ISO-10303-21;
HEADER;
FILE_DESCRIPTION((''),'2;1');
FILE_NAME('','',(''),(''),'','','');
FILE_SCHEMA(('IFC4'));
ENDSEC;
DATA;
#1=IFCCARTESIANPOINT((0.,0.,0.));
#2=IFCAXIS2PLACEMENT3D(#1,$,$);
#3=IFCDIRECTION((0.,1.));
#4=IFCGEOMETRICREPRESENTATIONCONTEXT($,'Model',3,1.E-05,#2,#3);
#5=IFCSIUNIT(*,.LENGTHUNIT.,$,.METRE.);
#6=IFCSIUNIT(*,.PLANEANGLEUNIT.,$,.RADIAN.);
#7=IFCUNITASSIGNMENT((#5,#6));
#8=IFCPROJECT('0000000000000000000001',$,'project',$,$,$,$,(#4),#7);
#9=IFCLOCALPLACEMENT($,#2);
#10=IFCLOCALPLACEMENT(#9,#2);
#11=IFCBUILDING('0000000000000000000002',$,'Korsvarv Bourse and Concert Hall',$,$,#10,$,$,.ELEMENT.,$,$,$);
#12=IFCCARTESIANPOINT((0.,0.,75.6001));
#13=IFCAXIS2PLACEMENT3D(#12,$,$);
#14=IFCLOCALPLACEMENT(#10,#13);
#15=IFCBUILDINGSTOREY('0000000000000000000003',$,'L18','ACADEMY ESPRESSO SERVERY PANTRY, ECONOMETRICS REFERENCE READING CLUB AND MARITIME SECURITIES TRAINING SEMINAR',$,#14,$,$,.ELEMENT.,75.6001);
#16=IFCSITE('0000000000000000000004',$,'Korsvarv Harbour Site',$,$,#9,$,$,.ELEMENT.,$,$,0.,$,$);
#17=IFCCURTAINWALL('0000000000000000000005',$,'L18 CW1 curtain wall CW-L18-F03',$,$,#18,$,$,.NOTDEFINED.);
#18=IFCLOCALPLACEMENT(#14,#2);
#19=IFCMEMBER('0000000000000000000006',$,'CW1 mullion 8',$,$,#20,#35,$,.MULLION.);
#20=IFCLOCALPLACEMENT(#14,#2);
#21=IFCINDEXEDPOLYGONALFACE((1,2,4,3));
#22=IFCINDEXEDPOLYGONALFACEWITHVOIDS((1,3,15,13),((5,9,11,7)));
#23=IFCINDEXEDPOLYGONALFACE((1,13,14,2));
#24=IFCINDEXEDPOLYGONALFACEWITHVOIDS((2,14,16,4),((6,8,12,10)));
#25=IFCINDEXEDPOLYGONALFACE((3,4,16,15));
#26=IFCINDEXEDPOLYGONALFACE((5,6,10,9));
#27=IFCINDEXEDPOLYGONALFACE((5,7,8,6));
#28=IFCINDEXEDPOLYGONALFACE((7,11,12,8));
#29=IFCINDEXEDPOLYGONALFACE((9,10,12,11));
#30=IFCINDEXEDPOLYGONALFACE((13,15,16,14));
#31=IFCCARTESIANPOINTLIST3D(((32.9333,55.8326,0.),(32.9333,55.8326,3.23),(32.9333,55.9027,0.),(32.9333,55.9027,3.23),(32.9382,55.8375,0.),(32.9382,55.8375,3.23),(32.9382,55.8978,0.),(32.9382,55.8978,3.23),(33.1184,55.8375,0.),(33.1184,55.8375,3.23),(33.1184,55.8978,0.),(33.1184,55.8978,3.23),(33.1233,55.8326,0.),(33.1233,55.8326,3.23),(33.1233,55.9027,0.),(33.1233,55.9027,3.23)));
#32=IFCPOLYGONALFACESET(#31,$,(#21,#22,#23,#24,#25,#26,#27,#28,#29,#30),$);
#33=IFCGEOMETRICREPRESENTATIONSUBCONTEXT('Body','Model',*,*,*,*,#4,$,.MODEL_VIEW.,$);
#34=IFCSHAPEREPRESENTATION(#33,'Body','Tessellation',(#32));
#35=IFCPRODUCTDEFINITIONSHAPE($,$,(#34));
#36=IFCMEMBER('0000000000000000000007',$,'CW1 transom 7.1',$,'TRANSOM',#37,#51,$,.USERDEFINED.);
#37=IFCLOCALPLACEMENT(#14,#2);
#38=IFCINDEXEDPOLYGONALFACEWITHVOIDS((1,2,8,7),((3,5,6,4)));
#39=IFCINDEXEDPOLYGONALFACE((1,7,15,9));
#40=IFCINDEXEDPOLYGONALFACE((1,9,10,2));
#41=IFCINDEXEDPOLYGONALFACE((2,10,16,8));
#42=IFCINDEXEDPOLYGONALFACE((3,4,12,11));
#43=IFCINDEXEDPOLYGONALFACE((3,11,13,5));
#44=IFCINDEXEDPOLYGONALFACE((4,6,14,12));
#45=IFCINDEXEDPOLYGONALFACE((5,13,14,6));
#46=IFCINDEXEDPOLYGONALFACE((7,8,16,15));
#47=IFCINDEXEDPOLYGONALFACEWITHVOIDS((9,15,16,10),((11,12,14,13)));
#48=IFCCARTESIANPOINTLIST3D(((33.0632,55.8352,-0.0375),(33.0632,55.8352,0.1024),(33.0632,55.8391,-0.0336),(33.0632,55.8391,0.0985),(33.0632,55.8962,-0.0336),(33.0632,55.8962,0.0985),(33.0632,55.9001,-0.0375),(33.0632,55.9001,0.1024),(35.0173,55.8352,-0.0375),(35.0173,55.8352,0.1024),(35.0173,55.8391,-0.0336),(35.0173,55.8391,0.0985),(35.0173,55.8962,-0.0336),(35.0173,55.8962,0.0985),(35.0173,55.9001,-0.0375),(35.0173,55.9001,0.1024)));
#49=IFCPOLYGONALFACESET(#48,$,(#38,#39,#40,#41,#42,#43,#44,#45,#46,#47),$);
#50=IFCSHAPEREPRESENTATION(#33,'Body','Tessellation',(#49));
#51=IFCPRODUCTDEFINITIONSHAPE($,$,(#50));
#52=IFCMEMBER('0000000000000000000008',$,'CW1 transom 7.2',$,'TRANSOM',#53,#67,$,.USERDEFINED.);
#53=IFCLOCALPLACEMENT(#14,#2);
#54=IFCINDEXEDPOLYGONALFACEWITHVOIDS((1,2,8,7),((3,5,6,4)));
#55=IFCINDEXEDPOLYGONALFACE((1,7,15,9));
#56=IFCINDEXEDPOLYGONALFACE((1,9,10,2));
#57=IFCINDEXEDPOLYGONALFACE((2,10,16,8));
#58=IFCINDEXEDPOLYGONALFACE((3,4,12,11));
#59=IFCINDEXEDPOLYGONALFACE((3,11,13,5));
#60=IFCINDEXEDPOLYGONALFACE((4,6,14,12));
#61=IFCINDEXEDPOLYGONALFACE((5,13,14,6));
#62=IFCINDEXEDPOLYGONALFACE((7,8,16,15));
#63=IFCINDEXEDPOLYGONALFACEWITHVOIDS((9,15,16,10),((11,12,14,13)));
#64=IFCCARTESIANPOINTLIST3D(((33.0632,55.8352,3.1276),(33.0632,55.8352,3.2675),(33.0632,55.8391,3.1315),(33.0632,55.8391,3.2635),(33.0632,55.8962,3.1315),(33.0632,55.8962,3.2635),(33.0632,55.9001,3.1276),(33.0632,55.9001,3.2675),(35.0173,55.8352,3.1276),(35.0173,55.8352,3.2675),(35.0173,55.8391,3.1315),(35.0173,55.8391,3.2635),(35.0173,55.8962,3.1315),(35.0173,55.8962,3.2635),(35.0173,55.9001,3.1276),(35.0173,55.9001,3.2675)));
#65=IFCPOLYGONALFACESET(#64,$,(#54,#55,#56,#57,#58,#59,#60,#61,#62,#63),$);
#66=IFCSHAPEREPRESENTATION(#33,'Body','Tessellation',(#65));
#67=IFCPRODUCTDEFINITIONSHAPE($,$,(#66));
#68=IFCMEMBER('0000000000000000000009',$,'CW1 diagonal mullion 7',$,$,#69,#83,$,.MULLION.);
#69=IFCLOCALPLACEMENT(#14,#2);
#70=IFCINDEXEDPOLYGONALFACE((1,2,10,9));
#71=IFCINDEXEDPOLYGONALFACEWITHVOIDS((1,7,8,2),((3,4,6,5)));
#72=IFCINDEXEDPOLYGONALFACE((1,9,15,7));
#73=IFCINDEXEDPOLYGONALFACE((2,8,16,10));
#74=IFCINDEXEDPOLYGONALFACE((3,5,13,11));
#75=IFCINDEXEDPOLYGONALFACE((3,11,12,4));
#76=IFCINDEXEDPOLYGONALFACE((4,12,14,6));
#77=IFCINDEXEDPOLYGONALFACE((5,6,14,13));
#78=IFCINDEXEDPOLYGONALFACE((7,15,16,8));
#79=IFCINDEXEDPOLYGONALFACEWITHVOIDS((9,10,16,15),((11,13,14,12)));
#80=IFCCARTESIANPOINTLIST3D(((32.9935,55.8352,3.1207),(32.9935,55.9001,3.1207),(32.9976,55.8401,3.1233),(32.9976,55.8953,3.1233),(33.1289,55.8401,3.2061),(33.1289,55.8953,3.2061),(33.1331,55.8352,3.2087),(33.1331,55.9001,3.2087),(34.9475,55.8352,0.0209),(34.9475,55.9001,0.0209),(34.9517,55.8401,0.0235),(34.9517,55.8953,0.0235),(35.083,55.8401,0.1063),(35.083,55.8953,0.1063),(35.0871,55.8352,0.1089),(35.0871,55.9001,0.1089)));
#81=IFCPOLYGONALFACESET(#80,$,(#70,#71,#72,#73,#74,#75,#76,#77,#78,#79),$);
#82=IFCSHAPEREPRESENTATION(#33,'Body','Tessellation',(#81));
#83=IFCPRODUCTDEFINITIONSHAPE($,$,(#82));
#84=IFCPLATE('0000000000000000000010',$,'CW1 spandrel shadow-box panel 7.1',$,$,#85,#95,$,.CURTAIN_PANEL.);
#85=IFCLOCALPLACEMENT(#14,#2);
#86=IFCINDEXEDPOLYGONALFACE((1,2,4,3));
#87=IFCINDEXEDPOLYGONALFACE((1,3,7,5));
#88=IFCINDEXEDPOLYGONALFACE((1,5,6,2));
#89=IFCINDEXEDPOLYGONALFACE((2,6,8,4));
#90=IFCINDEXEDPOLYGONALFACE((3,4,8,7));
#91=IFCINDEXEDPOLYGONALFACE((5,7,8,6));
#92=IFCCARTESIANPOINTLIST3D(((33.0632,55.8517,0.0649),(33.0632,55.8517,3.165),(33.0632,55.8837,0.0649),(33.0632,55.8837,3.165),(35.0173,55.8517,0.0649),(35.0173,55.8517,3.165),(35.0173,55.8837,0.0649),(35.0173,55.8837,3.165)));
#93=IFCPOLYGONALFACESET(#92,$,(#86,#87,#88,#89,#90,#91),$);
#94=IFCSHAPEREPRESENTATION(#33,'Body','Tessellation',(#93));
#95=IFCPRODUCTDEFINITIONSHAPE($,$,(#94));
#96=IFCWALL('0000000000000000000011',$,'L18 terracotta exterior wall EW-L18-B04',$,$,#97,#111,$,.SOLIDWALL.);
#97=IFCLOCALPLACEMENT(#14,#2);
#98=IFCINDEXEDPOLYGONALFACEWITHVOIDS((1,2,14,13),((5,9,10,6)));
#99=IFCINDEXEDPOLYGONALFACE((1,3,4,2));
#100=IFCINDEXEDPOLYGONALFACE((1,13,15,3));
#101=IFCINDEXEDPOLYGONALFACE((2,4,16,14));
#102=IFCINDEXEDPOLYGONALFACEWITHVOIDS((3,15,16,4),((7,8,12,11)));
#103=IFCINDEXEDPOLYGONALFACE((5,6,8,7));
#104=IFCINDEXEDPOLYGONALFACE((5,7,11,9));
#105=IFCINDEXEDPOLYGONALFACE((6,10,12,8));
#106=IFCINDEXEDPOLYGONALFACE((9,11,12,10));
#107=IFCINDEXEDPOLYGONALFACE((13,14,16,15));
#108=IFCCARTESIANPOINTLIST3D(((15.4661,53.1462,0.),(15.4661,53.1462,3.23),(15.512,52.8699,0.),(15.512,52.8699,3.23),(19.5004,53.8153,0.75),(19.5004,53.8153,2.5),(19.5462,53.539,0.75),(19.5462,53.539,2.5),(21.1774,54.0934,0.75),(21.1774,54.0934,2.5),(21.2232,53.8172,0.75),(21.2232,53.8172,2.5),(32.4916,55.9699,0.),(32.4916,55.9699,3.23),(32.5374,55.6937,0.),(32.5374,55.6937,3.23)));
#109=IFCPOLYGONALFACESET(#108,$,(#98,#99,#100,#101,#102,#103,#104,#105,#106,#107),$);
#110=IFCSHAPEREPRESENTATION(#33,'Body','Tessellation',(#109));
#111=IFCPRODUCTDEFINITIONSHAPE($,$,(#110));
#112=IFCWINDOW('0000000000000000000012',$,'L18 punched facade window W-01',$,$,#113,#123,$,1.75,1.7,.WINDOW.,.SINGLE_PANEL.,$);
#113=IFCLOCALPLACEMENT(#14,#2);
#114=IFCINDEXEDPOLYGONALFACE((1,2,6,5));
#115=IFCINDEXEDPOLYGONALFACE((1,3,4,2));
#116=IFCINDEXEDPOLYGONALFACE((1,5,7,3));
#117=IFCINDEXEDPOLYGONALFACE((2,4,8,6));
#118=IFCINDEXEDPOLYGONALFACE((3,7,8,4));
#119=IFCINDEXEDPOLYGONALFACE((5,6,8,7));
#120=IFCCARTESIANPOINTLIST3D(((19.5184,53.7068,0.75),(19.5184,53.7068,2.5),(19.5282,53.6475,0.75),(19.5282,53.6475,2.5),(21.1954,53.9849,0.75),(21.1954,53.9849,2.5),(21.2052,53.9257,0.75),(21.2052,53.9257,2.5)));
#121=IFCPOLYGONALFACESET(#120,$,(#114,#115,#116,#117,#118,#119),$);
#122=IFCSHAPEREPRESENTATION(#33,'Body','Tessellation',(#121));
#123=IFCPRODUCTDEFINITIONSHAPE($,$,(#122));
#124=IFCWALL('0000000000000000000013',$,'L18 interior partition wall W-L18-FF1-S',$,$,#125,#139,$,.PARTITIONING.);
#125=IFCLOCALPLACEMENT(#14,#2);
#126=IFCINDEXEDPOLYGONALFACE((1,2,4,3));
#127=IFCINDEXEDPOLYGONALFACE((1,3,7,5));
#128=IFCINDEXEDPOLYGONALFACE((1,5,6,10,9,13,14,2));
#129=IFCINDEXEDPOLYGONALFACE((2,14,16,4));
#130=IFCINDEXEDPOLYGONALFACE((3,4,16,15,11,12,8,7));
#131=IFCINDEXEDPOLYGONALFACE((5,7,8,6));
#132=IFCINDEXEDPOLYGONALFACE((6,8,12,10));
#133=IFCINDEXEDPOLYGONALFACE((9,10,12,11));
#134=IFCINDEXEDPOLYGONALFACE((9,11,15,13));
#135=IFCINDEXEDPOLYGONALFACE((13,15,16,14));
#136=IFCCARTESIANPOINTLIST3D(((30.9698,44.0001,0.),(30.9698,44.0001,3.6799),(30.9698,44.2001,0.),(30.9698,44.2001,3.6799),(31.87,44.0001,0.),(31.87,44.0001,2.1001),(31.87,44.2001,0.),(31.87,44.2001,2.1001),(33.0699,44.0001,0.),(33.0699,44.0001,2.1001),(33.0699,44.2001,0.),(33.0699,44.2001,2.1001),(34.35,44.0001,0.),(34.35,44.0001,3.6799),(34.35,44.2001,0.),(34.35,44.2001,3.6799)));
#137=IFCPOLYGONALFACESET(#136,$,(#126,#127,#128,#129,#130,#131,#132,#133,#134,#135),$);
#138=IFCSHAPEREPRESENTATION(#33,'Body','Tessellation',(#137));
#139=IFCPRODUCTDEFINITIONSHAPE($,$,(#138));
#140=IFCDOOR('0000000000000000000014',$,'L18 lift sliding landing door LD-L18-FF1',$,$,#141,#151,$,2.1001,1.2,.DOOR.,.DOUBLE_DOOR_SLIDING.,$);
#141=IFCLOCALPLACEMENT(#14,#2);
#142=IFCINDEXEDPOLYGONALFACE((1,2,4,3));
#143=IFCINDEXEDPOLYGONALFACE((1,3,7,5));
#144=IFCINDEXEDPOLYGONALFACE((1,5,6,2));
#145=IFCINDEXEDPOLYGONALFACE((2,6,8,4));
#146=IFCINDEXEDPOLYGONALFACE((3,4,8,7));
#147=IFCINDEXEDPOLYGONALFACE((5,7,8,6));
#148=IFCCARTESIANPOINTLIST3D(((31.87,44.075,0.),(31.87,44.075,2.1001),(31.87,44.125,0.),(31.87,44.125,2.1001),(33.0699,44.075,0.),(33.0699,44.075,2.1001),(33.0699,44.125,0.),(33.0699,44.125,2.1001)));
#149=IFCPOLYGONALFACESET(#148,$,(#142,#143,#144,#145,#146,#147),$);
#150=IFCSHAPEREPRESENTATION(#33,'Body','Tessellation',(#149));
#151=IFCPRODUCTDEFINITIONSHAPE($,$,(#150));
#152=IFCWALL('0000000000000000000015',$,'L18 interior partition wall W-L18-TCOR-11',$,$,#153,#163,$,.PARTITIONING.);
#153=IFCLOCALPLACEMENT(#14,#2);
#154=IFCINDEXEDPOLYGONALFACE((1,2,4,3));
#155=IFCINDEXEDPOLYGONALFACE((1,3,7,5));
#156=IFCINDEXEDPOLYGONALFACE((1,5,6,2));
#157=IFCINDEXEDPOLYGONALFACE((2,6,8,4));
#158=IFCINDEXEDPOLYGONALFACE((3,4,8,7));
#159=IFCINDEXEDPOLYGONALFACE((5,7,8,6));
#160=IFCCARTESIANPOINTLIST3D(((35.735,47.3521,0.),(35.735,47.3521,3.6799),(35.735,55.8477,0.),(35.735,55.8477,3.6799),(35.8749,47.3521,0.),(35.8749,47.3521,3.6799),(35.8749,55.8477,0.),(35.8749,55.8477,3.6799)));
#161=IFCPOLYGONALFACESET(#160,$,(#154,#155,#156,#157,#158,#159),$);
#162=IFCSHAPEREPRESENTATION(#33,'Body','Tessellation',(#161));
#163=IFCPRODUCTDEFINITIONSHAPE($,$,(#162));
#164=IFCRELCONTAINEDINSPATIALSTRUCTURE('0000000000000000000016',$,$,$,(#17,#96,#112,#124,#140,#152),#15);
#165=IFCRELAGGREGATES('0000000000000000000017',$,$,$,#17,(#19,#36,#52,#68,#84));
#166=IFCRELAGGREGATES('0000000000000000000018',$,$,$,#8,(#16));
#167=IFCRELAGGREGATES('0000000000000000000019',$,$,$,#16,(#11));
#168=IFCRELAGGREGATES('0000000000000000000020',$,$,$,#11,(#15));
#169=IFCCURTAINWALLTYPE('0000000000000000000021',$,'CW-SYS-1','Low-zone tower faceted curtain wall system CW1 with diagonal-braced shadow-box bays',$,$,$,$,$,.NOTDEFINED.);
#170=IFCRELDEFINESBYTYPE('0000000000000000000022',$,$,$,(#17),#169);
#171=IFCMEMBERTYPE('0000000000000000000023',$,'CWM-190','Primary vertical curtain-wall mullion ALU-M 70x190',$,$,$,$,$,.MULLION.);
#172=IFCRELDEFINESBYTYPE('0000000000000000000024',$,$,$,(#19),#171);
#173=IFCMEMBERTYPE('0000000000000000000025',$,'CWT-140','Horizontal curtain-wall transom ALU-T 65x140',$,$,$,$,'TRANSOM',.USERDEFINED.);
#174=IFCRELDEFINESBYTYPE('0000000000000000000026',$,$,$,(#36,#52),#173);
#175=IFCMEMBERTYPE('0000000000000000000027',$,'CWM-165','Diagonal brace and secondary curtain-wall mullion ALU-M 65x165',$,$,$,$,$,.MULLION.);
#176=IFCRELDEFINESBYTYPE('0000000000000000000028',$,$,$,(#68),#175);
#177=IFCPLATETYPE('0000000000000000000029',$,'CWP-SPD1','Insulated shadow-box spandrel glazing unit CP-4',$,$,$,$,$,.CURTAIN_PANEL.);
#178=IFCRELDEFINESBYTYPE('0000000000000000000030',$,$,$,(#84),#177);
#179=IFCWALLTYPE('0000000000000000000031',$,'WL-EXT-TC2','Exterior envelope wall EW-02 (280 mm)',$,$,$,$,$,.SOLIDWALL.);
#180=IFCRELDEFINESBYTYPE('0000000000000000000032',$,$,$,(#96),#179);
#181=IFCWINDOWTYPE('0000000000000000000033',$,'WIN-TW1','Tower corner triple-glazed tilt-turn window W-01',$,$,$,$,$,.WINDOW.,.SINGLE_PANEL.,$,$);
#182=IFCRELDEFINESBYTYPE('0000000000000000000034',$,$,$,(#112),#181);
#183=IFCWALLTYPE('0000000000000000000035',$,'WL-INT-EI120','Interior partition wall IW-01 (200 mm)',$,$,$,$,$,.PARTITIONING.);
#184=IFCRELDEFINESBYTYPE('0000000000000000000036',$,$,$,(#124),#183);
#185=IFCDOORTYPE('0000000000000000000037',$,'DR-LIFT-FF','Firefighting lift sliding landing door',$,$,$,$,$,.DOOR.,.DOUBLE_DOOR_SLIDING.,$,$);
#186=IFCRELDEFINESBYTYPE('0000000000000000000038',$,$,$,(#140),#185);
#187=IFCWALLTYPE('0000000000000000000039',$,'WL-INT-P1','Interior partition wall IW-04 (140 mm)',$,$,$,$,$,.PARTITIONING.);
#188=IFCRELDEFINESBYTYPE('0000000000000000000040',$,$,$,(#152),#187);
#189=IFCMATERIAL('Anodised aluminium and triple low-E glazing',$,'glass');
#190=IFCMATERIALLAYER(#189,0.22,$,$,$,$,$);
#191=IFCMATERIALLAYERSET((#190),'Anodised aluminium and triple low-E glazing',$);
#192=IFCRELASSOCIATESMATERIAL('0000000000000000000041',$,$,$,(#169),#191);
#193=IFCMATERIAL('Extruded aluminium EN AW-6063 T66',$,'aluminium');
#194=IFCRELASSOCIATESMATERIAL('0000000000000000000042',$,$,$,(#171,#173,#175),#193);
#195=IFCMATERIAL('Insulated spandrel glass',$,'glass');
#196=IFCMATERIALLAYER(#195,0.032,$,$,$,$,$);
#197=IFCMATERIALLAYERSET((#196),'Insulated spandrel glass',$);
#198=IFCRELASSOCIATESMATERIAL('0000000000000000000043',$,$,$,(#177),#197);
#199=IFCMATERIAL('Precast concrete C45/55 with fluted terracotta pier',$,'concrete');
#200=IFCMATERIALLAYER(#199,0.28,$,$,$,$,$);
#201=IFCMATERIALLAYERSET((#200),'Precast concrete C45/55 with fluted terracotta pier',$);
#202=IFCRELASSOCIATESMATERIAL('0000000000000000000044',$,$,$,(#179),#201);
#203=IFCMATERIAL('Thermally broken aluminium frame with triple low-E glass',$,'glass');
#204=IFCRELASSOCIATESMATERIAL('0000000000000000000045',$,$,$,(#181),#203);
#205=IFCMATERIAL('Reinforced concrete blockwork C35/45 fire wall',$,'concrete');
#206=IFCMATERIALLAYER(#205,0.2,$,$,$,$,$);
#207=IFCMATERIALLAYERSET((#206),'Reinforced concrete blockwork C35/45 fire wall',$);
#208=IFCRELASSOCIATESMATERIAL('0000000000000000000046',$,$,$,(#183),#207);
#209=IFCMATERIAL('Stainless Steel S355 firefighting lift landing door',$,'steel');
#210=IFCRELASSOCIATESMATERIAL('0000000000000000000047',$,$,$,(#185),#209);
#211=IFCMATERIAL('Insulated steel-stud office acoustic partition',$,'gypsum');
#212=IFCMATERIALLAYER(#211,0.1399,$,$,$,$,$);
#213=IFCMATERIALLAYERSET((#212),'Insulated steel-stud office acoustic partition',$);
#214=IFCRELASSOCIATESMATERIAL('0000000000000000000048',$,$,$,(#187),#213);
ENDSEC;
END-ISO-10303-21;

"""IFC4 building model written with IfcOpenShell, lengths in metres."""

from ifc_helpers import new_model, si_unit, direction, frame, frame_2d, origin, origin_2d, place, context, subcontext, project, spatial, rectangle, hollow_rectangle, extrude, source, transform, mapped, material, layer, layer_set, material_profile, profile_set, type_object, element, fill, aggregate, save


model = new_model("IFC4")

# Units and contexts
model_context = context("Model", 3, precision=1e-05, world=origin(), true_north=direction((0.0, 1.0)))
body_context = subcontext(model_context, "Body", "Model", "MODEL_VIEW")
ifc_project = project(units=[si_unit("LENGTHUNIT", "METRE"), si_unit("PLANEANGLEUNIT", "RADIAN")], contexts=[model_context])

# Site, building, storey
site_placement = place(None, origin())
site = spatial("IfcSite", under=ifc_project, at=site_placement, Name="Korsvarv Harbour Site", CompositionType="ELEMENT", RefElevation=0.0)
building_placement = place(site_placement, origin())
building = spatial("IfcBuilding", under=site, at=building_placement, Name="Korsvarv Bourse and Concert Hall", CompositionType="ELEMENT")
storey_placement = place(building_placement, frame((0.0, 0.0, 75.6001)))
storey = spatial("IfcBuildingStorey", under=building, at=storey_placement, Name="L18", Description="ACADEMY ESPRESSO SERVERY PANTRY, ECONOMETRICS REFERENCE READING CLUB AND MARITIME SECURITIES TRAINING SEMINAR", CompositionType="ELEMENT", Elevation=75.6001)

# Curtain wall, members, plate
ifc_material_1 = material(Name="Anodised aluminium and triple low-E glazing", Category="glass")
ifc_layer_1 = layer(ifc_material_1, 0.22)
ifc_layer_set_1 = layer_set([ifc_layer_1], Name="Anodised aluminium and triple low-E glazing")
curtain_wall_type = type_object("IfcCurtainWallType", Name="CW-SYS-1", Description="Low-zone tower faceted curtain wall system CW1 with diagonal-braced shadow-box bays", PredefinedType="NOTDEFINED", material=ifc_layer_set_1)
curtain_wall_placement = place(storey_placement, origin())
curtain_wall = element("IfcCurtainWall", 1, at=curtain_wall_placement, inside=storey, type_object=curtain_wall_type, Name="L18 CW1 curtain wall CW-L18-F03", PredefinedType="NOTDEFINED")
ifc_material_2 = material(Name="Extruded aluminium EN AW-6063 T66", Category="aluminium")
ifc_material_profile_1 = material_profile(ifc_material_2, hollow_rectangle(XDim=0.0701, YDim=0.1899, WallThickness=0.0049, at=origin_2d()), Name="ALU-M 70x190")
ifc_profile_set_1 = profile_set([ifc_material_profile_1], Name="Extruded aluminium EN AW-6063 T66")
member_type_1 = type_object("IfcMemberType", Name="CWM-190", Description="Primary vertical curtain-wall mullion ALU-M 70x190", PredefinedType="MULLION", material=ifc_profile_set_1)
shared_shape_1 = source(origin(), body_context, "Body", "SweptSolid", [
    extrude(hollow_rectangle(XDim=0.0701, YDim=0.1899, WallThickness=0.0049, at=origin_2d()), origin(), (0.0, 0.0, 1.0), 3.23),
])
member_1_placement = place(storey_placement, frame((33.0283, 55.8677, 0.0), z_axis=(0.0, 0.0, 1.0), x_axis=(0.0, -1.0, 0.0)))
member_1 = element("IfcMember", 2, at=member_1_placement, type_object=member_type_1, Name="CW1 mullion 8", PredefinedType="MULLION", context=body_context, shape_type="MappedRepresentation", body=[
    mapped(shared_shape_1, transform((0.0, 0.0, 0.0), scale=1.0)),
])
ifc_material_profile_2 = material_profile(ifc_material_2, hollow_rectangle(XDim=0.0649, YDim=0.1399, WallThickness=0.0039, at=origin_2d()), Name="ALU-T 65x140")
ifc_profile_set_2 = profile_set([ifc_material_profile_2], Name="Extruded aluminium EN AW-6063 T66")
member_type_2 = type_object("IfcMemberType", Name="CWT-140", Description="Horizontal curtain-wall transom ALU-T 65x140", ElementType="TRANSOM", PredefinedType="USERDEFINED", material=ifc_profile_set_2)
shared_shape_2 = source(origin(), body_context, "Body", "SweptSolid", [
    extrude(hollow_rectangle(XDim=0.0649, YDim=0.1399, WallThickness=0.0039, at=origin_2d()), origin(), (0.0, 0.0, 1.0), 1.9541),
])
member_2_placement = place(storey_placement, frame((35.0173, 55.8677, 0.0325), z_axis=(-1.0, 0.0, 0.0), x_axis=(0.0, -1.0, 0.0)))
member_2 = element("IfcMember", 3, at=member_2_placement, type_object=member_type_2, Name="CW1 transom 7.1", ObjectType="TRANSOM", PredefinedType="USERDEFINED", context=body_context, shape_type="MappedRepresentation", body=[
    mapped(shared_shape_2, transform((0.0, 0.0, 0.0), scale=1.0)),
])
member_3_placement = place(storey_placement, frame((35.0173, 55.8677, 3.1975), z_axis=(-1.0, 0.0, 0.0), x_axis=(0.0, -1.0, 0.0)))
member_3 = element("IfcMember", 4, at=member_3_placement, type_object=member_type_2, Name="CW1 transom 7.2", ObjectType="TRANSOM", PredefinedType="USERDEFINED", context=body_context, shape_type="MappedRepresentation", body=[
    mapped(shared_shape_2, transform((0.0, 0.0, 0.0), scale=1.0)),
])
ifc_material_profile_3 = material_profile(ifc_material_2, hollow_rectangle(XDim=0.0649, YDim=0.165, WallThickness=0.0049, at=origin_2d()), Name="ALU-M 65x165")
ifc_profile_set_3 = profile_set([ifc_material_profile_3], Name="Extruded aluminium EN AW-6063 T66")
member_type_3 = type_object("IfcMemberType", Name="CWM-165", Description="Diagonal brace and secondary curtain-wall mullion ALU-M 65x165", PredefinedType="MULLION", material=ifc_profile_set_3)
shared_shape_3 = source(origin(), body_context, "Body", "SweptSolid", [
    extrude(hollow_rectangle(XDim=0.0649, YDim=0.165, WallThickness=0.0049, at=origin_2d()), origin(), (0.0, 0.0, 1.0), 3.6643),
])
member_4_placement = place(storey_placement, frame((35.0173, 55.8677, 0.0649), z_axis=(-0.533271, 0.0, 0.845945), x_axis=(0.0, -1.0, 0.0)))
member_4 = element("IfcMember", 5, at=member_4_placement, type_object=member_type_3, Name="CW1 diagonal mullion 7", PredefinedType="MULLION", context=body_context, shape_type="MappedRepresentation", body=[
    mapped(shared_shape_3, transform((0.0, 0.0, 0.0), scale=1.0)),
])
ifc_material_3 = material(Name="Insulated spandrel glass", Category="glass")
ifc_layer_2 = layer(ifc_material_3, 0.032)
ifc_layer_set_2 = layer_set([ifc_layer_2], Name="Insulated spandrel glass")
plate_type = type_object("IfcPlateType", Name="CWP-SPD1", Description="Insulated shadow-box spandrel glazing unit CP-4", PredefinedType="CURTAIN_PANEL", material=ifc_layer_set_2)
shared_shape_4 = source(origin(), body_context, "Body", "SweptSolid", [
    extrude(rectangle(XDim=1.9541, YDim=0.032, at=origin_2d()), origin(), (0.0, 0.0, 1.0), 3.1001),
])
plate_placement = place(storey_placement, frame((34.0403, 55.8677, 0.0649), z_axis=(0.0, 0.0, 1.0), x_axis=(-1.0, 0.0, 0.0)))
plate = element("IfcPlate", 6, at=plate_placement, type_object=plate_type, Name="CW1 spandrel shadow-box panel 7.1", PredefinedType="CURTAIN_PANEL", context=body_context, shape_type="MappedRepresentation", body=[
    mapped(shared_shape_4, transform((0.0, 0.0, 0.0), scale=1.0)),
])
aggregate(curtain_wall, [member_1, member_2, member_3, member_4, plate])

# Wall, opening, window
ifc_material_4 = material(Name="Precast concrete C45/55 with fluted terracotta pier", Category="concrete")
ifc_layer_3 = layer(ifc_material_4, 0.28)
ifc_layer_set_3 = layer_set([ifc_layer_3], Name="Precast concrete C45/55 with fluted terracotta pier")
wall_type_1 = type_object("IfcWallType", Name="WL-EXT-TC2", Description="Exterior envelope wall EW-02 (280 mm)", PredefinedType="SOLIDWALL", material=ifc_layer_set_3)
wall_1_placement = place(storey_placement, frame((32.5144, 55.8318, 0.0), z_axis=(0.0, 0.0, 1.0), x_axis=(-0.986524, -0.163619, 0.0)))
wall_1 = element("IfcWall", 7, at=wall_1_placement, inside=storey, type_object=wall_type_1, Name="L18 terracotta exterior wall EW-L18-B04", PredefinedType="SOLIDWALL", context=body_context, shape_type="SweptSolid", body=[
    extrude(rectangle(XDim=17.2581, YDim=0.28, at=frame_2d((8.6289, 0.0))), origin(), (0.0, 0.0, 1.0), 3.23),
])
opening_1_placement = place(wall_1_placement, frame((11.4685, 0.0, 0.75)))
opening_1 = element("IfcOpeningElement", 8, at=opening_1_placement, cuts=wall_1, PredefinedType="OPENING", context=body_context, shape_type="SweptSolid", body=[
    extrude(rectangle(XDim=1.7, YDim=1.75, at=frame_2d((0.8501, 0.875))), frame((0.0, 0.1499, 0.0), z_axis=(0.0, -1.0, 0.0), x_axis=(1.0, 0.0, 0.0)), (0.0, 0.0, 1.0), 0.3),
])
ifc_material_5 = material(Name="Thermally broken aluminium frame with triple low-E glass", Category="glass")
window_type = type_object("IfcWindowType", Name="WIN-TW1", Description="Tower corner triple-glazed tilt-turn window W-01", PartitioningType="SINGLE_PANEL", PredefinedType="WINDOW", material=ifc_material_5)
window_placement = place(opening_1_placement, origin())
window = element("IfcWindow", 9, at=window_placement, inside=storey, type_object=window_type, Name="L18 punched facade window W-01", OverallHeight=1.75, OverallWidth=1.7, PartitioningType="SINGLE_PANEL", PredefinedType="WINDOW", context=body_context, shape_type="SweptSolid", body=[
    extrude(rectangle(XDim=1.7, YDim=1.75, at=frame_2d((0.8501, 0.875))), frame((0.0, 0.03, 0.0), z_axis=(0.0, -1.0, 0.0), x_axis=(1.0, 0.0, 0.0)), (0.0, 0.0, 1.0), 0.0601),
])
fill(opening_1, window)

# Wall, opening, door
ifc_material_6 = material(Name="Reinforced concrete blockwork C35/45 fire wall", Category="concrete")
ifc_layer_4 = layer(ifc_material_6, 0.2)
ifc_layer_set_4 = layer_set([ifc_layer_4], Name="Reinforced concrete blockwork C35/45 fire wall")
wall_type_2 = type_object("IfcWallType", Name="WL-INT-EI120", Description="Interior partition wall IW-01 (200 mm)", PredefinedType="PARTITIONING", material=ifc_layer_set_4)
wall_2_placement = place(storey_placement, frame((30.97, 44.1001, 0.0), z_axis=(0.0, 0.0, 1.0), x_axis=(1.0, 0.0, 0.0)))
wall_2 = element("IfcWall", 10, at=wall_2_placement, inside=storey, type_object=wall_type_2, Name="L18 interior partition wall W-L18-FF1-S", PredefinedType="PARTITIONING", context=body_context, shape_type="SweptSolid", body=[
    extrude(rectangle(XDim=3.3801, YDim=0.2, at=frame_2d((1.6899, 0.0))), origin(), (0.0, 0.0, 1.0), 3.6799),
])
opening_2_placement = place(wall_2_placement, frame((0.8999, 0.0, 0.0)))
opening_2 = element("IfcOpeningElement", 11, at=opening_2_placement, cuts=wall_2, PredefinedType="OPENING", context=body_context, shape_type="SweptSolid", body=[
    extrude(rectangle(XDim=1.2, YDim=2.1001, at=frame_2d((0.6001, 1.05))), frame((0.0, 0.1099, 0.0), z_axis=(0.0, -1.0, 0.0), x_axis=(1.0, 0.0, 0.0)), (0.0, 0.0, 1.0), 0.22),
])
ifc_material_7 = material(Name="Stainless Steel S355 firefighting lift landing door", Category="steel")
door_type = type_object("IfcDoorType", Name="DR-LIFT-FF", Description="Firefighting lift sliding landing door", OperationType="DOUBLE_DOOR_SLIDING", PredefinedType="DOOR", material=ifc_material_7)
door_placement = place(opening_2_placement, origin())
door = element("IfcDoor", 12, at=door_placement, inside=storey, type_object=door_type, Name="L18 lift sliding landing door LD-L18-FF1", OperationType="DOUBLE_DOOR_SLIDING", OverallHeight=2.1001, OverallWidth=1.2, PredefinedType="DOOR", context=body_context, shape_type="SweptSolid", body=[
    extrude(rectangle(XDim=1.2, YDim=2.1001, at=frame_2d((0.6001, 1.05))), frame((0.0, 0.0249, 0.0), z_axis=(0.0, -1.0, 0.0), x_axis=(1.0, 0.0, 0.0)), (0.0, 0.0, 1.0), 0.05),
])
fill(opening_2, door)

# Wall
ifc_material_8 = material(Name="Insulated steel-stud office acoustic partition", Category="gypsum")
ifc_layer_5 = layer(ifc_material_8, 0.1399)
ifc_layer_set_5 = layer_set([ifc_layer_5], Name="Insulated steel-stud office acoustic partition")
wall_type_3 = type_object("IfcWallType", Name="WL-INT-P1", Description="Interior partition wall IW-04 (140 mm)", PredefinedType="PARTITIONING", material=ifc_layer_set_5)
wall_3_placement = place(storey_placement, frame((35.8049, 47.3521, 0.0), z_axis=(0.0, 0.0, 1.0), x_axis=(0.0, 1.0, 0.0)))
element("IfcWall", 13, at=wall_3_placement, inside=storey, type_object=wall_type_3, Name="L18 interior partition wall W-L18-TCOR-11", PredefinedType="PARTITIONING", context=body_context, shape_type="SweptSolid", body=[
    extrude(rectangle(XDim=8.4956, YDim=0.1399, at=frame_2d((4.2478, 0.0))), origin(), (0.0, 0.0, 1.0), 3.6799),
])

save(model, "model.ifc")
